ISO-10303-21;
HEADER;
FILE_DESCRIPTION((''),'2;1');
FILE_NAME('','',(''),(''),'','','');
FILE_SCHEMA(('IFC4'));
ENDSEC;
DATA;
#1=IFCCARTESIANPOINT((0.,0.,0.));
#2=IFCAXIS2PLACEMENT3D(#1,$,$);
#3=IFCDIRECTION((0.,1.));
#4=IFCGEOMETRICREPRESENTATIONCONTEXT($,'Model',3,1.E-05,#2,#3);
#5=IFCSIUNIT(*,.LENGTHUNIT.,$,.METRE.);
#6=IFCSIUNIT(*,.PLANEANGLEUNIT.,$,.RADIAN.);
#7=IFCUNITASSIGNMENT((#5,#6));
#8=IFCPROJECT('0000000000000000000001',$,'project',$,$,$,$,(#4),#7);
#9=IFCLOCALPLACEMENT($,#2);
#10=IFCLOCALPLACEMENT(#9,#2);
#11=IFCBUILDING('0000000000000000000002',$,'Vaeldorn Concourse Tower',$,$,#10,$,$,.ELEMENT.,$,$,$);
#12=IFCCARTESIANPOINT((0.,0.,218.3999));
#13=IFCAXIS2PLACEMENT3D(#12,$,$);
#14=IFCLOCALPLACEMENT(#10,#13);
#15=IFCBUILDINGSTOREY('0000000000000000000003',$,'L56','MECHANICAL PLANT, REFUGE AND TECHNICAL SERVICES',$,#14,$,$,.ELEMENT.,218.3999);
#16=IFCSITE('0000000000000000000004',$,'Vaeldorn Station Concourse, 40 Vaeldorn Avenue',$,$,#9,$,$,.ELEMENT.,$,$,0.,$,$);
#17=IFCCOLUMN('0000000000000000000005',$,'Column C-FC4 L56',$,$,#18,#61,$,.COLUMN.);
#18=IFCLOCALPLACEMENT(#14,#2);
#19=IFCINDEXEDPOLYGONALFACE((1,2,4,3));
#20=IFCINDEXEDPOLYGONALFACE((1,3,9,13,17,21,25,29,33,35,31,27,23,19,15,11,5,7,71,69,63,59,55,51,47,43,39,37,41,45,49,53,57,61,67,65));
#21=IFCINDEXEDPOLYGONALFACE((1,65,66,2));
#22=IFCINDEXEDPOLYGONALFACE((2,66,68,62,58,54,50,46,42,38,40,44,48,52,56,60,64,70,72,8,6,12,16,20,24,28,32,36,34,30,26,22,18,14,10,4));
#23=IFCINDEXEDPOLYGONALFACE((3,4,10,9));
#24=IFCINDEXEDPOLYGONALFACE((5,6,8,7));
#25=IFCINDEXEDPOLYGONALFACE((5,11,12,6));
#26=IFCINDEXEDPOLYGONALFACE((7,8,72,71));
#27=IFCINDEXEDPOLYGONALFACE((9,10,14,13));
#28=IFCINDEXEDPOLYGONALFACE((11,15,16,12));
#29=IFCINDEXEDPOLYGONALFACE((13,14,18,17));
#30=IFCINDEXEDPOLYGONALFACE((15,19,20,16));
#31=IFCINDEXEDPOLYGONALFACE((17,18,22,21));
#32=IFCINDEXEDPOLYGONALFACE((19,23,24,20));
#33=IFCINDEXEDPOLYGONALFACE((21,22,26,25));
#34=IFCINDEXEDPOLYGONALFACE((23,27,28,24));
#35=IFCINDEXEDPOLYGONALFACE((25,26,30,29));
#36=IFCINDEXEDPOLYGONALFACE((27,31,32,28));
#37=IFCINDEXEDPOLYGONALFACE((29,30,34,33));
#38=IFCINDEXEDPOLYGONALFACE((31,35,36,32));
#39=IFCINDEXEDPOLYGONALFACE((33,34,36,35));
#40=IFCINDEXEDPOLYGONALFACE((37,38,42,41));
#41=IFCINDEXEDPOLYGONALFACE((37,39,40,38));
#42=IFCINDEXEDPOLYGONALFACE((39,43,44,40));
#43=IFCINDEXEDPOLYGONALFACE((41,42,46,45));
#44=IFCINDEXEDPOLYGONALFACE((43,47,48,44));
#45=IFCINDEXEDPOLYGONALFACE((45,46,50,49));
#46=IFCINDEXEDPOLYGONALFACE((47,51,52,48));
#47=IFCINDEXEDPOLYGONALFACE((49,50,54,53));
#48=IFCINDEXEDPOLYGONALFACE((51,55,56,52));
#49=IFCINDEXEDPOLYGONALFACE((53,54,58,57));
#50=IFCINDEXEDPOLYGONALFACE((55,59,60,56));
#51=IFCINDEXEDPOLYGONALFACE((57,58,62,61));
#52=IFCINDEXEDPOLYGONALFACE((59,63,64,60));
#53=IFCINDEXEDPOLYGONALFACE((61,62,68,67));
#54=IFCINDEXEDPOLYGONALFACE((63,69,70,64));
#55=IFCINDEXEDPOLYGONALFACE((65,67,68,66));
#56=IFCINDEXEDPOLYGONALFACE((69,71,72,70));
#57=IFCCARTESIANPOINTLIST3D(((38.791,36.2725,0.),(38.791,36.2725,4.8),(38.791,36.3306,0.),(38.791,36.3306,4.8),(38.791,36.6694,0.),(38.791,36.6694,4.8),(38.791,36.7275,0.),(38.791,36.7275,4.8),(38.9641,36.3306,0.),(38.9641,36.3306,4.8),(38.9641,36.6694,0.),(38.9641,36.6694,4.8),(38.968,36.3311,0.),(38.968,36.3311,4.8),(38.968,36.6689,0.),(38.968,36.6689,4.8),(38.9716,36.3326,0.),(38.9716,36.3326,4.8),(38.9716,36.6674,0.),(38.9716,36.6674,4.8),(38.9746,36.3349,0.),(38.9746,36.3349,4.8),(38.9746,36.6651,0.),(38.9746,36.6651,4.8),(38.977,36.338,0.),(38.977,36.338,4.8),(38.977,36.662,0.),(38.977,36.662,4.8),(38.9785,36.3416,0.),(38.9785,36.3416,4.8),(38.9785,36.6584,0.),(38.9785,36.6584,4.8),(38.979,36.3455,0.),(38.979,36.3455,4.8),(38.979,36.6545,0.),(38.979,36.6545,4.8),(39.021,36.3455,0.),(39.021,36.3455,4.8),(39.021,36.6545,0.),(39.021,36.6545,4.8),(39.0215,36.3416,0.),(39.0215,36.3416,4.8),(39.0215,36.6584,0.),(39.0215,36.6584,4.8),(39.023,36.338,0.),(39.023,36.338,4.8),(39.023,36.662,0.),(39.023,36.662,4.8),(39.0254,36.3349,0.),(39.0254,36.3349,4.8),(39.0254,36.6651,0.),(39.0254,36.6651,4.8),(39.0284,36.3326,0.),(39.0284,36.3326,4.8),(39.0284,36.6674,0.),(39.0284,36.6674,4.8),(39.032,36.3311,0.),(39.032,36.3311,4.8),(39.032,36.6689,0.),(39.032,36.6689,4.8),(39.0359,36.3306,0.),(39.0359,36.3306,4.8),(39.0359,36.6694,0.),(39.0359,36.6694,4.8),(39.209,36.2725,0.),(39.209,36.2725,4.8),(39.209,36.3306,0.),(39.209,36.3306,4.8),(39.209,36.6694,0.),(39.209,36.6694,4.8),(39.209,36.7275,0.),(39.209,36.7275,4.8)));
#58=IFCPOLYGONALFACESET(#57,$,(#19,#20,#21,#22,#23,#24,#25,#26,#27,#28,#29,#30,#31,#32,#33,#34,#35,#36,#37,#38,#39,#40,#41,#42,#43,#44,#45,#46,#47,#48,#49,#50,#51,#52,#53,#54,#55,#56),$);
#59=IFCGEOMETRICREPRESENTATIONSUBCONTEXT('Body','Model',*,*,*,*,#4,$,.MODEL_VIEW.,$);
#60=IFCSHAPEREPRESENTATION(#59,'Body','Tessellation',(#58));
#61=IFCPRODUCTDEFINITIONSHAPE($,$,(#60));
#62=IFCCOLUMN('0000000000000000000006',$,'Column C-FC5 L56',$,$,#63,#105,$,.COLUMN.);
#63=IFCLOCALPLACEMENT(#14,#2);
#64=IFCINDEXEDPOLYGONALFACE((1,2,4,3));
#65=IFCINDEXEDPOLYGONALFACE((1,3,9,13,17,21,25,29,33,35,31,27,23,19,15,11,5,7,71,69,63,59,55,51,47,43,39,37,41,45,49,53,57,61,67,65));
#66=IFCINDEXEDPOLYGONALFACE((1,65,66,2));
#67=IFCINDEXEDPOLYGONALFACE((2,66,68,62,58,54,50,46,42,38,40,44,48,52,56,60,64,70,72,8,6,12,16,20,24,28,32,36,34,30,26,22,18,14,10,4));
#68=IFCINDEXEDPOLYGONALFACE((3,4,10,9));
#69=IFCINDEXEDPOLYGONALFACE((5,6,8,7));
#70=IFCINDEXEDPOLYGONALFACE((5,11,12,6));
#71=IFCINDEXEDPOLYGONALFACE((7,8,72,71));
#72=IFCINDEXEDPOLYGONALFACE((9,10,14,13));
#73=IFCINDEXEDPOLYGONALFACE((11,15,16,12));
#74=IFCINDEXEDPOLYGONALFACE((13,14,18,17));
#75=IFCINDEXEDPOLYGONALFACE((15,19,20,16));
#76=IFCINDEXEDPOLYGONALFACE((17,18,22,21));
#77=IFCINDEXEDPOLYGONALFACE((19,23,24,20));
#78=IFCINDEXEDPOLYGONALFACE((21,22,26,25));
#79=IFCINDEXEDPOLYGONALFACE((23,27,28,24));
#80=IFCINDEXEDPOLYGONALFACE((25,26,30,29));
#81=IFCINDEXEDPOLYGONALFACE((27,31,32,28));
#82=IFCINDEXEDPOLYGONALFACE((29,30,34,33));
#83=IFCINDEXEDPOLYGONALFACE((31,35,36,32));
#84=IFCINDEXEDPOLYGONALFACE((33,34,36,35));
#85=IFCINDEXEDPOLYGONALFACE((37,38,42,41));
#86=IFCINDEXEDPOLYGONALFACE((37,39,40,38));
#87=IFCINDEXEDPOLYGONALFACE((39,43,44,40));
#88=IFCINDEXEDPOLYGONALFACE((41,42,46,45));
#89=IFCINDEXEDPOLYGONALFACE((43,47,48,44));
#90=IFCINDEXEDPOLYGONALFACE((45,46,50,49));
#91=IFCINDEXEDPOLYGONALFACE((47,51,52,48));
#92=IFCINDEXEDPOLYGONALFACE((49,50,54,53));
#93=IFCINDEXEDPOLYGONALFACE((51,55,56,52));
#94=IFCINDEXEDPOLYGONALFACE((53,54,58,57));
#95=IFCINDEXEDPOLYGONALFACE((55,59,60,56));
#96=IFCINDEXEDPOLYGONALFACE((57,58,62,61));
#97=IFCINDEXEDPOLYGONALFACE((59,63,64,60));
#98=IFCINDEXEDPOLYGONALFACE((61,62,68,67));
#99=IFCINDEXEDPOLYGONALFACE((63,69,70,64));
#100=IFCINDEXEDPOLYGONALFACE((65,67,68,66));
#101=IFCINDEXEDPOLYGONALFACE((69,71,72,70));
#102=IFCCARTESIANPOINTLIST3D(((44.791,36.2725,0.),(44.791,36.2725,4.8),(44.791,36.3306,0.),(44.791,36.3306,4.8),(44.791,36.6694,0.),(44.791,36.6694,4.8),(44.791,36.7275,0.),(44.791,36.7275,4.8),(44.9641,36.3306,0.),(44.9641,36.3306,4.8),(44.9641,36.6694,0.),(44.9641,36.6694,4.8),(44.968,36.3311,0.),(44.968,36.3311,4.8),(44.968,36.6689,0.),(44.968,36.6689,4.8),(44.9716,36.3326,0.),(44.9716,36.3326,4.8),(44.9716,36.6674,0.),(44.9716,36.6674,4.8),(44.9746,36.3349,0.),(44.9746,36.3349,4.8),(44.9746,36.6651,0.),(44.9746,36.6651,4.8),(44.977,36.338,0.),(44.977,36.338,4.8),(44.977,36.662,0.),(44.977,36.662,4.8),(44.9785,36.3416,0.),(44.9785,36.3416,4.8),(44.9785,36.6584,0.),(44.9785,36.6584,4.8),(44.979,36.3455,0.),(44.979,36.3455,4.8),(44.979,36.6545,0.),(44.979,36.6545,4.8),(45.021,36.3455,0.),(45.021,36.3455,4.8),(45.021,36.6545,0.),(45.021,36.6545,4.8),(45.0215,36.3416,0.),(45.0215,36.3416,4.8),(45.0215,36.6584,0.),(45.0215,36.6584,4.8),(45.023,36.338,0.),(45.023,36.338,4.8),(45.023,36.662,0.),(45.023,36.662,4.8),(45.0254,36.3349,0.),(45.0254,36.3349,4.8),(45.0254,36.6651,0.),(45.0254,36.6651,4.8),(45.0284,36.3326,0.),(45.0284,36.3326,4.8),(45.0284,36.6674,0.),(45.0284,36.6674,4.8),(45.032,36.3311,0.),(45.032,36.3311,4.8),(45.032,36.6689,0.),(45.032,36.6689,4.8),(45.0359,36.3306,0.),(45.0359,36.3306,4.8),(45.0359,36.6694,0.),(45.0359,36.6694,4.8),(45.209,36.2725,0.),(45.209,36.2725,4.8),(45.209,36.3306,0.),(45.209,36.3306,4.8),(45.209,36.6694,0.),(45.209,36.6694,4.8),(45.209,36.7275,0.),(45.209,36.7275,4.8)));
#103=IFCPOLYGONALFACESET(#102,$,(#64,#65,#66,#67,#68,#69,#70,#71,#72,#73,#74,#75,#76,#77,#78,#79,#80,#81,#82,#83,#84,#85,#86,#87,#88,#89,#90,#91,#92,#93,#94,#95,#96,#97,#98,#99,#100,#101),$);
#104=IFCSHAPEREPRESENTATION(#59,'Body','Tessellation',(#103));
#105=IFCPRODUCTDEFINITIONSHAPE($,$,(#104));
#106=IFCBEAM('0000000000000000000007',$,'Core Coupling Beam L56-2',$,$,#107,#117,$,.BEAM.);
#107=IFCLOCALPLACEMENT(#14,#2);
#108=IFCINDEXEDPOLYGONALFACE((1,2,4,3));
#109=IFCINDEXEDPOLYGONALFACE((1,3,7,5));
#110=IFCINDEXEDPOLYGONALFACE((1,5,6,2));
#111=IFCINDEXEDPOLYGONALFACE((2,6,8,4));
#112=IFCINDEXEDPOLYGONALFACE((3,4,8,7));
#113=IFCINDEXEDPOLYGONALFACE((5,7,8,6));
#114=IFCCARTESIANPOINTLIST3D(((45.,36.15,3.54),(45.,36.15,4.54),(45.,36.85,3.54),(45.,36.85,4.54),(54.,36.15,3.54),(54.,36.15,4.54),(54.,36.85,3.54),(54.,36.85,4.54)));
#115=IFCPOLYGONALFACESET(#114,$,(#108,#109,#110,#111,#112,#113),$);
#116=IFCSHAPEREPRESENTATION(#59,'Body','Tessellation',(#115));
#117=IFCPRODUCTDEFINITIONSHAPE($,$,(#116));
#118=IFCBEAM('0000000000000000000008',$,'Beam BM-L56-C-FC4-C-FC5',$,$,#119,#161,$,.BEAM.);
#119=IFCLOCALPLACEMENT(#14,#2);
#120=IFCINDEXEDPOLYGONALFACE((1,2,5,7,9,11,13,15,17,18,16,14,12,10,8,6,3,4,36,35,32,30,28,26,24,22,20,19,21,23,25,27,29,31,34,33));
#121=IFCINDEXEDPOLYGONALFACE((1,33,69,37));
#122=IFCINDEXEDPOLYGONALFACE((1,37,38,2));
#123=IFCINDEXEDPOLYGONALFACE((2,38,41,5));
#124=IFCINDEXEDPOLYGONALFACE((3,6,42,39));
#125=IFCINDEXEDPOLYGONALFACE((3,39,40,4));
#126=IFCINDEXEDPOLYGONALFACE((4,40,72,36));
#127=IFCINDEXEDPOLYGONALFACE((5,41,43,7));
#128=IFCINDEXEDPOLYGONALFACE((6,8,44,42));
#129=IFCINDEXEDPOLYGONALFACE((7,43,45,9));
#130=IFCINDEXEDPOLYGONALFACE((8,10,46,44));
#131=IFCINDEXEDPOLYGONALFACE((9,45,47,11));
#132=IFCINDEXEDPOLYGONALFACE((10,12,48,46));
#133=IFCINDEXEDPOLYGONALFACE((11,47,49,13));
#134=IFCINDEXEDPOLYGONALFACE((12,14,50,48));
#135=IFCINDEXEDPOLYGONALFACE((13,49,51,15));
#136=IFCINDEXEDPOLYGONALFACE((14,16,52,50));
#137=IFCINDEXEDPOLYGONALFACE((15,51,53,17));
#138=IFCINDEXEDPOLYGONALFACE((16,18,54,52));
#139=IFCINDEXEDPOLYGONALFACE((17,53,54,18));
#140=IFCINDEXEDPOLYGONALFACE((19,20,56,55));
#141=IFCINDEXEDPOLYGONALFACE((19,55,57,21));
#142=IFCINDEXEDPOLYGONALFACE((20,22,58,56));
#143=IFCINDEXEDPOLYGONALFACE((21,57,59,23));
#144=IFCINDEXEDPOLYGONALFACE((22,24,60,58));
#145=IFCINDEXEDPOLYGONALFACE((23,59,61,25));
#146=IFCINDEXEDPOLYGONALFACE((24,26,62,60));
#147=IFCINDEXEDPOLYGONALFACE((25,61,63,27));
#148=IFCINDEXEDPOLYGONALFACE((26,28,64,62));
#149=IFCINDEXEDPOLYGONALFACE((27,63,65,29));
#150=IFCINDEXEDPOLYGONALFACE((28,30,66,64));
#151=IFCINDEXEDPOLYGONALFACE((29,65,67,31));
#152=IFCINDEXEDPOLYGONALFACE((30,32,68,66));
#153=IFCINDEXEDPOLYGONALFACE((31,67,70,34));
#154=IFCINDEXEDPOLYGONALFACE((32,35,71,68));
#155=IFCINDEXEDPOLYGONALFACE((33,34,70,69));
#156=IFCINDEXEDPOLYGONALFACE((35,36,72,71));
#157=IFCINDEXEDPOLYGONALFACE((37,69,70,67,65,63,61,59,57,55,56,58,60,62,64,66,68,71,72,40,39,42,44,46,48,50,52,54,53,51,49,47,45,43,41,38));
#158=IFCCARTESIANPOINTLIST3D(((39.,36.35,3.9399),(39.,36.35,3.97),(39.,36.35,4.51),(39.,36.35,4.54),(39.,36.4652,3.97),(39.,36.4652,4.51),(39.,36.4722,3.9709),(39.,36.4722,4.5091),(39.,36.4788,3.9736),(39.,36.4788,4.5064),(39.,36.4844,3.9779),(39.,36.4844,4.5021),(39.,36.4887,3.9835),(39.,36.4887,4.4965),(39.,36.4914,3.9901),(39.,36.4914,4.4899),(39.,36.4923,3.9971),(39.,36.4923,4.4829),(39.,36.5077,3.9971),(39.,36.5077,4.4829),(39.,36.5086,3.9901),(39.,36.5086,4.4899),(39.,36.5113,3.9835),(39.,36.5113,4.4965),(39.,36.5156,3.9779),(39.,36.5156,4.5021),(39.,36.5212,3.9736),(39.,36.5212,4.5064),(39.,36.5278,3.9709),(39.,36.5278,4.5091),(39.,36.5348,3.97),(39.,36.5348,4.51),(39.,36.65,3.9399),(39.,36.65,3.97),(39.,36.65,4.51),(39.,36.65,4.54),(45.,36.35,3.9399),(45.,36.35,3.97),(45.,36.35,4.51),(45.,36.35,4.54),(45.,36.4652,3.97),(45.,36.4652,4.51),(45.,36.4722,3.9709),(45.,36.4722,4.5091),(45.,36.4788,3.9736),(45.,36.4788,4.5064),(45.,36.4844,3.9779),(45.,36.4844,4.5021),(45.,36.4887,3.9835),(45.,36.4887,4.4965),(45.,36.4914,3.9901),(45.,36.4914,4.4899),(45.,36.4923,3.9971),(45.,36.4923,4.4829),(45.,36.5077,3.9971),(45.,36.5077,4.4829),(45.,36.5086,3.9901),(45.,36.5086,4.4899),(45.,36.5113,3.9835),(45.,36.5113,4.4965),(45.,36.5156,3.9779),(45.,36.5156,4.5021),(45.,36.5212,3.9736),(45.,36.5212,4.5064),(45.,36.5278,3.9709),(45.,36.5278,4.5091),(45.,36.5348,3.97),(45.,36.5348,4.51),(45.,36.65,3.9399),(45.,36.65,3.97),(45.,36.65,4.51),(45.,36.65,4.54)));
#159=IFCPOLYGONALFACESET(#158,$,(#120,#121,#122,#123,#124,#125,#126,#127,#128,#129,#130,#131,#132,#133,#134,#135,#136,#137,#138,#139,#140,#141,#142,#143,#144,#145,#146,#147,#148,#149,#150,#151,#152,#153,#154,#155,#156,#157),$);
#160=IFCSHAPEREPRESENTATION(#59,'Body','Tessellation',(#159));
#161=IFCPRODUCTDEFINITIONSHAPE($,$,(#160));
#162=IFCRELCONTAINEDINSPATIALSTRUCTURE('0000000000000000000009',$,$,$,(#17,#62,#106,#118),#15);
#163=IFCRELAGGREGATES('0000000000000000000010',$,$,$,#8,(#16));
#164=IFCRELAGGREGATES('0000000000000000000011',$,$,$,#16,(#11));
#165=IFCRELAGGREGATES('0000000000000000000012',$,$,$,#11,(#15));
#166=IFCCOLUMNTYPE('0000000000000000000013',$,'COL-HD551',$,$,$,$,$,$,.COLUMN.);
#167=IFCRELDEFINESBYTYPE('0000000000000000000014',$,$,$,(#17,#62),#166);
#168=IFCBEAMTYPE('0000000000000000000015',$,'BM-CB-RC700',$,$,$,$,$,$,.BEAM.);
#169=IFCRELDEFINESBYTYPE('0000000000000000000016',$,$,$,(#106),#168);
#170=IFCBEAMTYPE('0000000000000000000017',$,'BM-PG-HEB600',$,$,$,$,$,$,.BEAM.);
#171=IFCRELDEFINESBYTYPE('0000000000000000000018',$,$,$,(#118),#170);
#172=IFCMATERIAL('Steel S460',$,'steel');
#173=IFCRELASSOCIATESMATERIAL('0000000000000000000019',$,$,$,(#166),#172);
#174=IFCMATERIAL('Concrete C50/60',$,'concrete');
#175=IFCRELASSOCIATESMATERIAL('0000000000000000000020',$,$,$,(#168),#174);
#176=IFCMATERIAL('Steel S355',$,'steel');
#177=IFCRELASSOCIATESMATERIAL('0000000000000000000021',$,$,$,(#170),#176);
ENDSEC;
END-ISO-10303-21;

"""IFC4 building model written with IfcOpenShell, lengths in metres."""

from ifc_helpers import new_model, si_unit, direction, frame, origin, origin_2d, place, context, subcontext, project, spatial, rectangle, i_section, extrude, source, transform, mapped, material, material_profile, profile_set, type_object, element, save


model = new_model("IFC4")

# Units and contexts
model_context = context("Model", 3, precision=1e-05, world=origin(), true_north=direction((0.0, 1.0)))
body_context = subcontext(model_context, "Body", "Model", "MODEL_VIEW")
ifc_project = project(units=[si_unit("LENGTHUNIT", "METRE"), si_unit("PLANEANGLEUNIT", "RADIAN")], contexts=[model_context])

# Site, building, storey
site_placement = place(None, origin())
site = spatial("IfcSite", under=ifc_project, at=site_placement, Name="Vaeldorn Station Concourse, 40 Vaeldorn Avenue", CompositionType="ELEMENT", RefElevation=0.0)
building_placement = place(site_placement, origin())
building = spatial("IfcBuilding", under=site, at=building_placement, Name="Vaeldorn Concourse Tower", CompositionType="ELEMENT")
storey_placement = place(building_placement, frame((0.0, 0.0, 218.3999)))
storey = spatial("IfcBuildingStorey", under=building, at=storey_placement, Name="L56", Description="MECHANICAL PLANT, REFUGE AND TECHNICAL SERVICES", CompositionType="ELEMENT", Elevation=218.3999)

# Columns
ifc_material_1 = material(Name="Steel S460", Category="steel")
ifc_material_profile_1 = material_profile(ifc_material_1, i_section(OverallWidth=0.418, OverallDepth=0.4551, WebThickness=0.042, FlangeThickness=0.0581, FilletRadius=0.0149, at=origin_2d()), Name="HD 400x551")
ifc_profile_set_1 = profile_set([ifc_material_profile_1], Name="Steel S460")
column_type = type_object("IfcColumnType", Name="COL-HD551", PredefinedType="COLUMN", material=ifc_profile_set_1)
shared_shape_1 = source(origin(), body_context, "Body", "SweptSolid", [
    extrude(i_section(OverallWidth=0.418, OverallDepth=0.4551, WebThickness=0.042, FlangeThickness=0.0581, FilletRadius=0.0149, at=origin_2d()), origin(), (0.0, 0.0, 1.0), 4.8),
])
for number, where, z_axis, x_axis, name in (
    (1, (39.0, 36.5, 0.0), (0.0, 0.0, 1.0), (1.0, 0.0, 0.0), "Column C-FC4 L56"),
    (2, (45.0, 36.5, 0.0), (0.0, 0.0, 1.0), (1.0, 0.0, 0.0), "Column C-FC5 L56"),
):
    element("IfcColumn", number, at=place(storey_placement, frame(where, z_axis=z_axis, x_axis=x_axis)), inside=storey, type_object=column_type, Name=name, PredefinedType="COLUMN", context=body_context, shape_type="MappedRepresentation", body=[
        mapped(shared_shape_1, transform((0.0, 0.0, 0.0), scale=1.0)),
    ])

# Beams
ifc_material_2 = material(Name="Concrete C50/60", Category="concrete")
ifc_material_profile_2 = material_profile(ifc_material_2, rectangle(XDim=0.7, YDim=1.0, at=origin_2d()), Name="RC 700x1000")
ifc_profile_set_2 = profile_set([ifc_material_profile_2], Name="Concrete C50/60")
beam_type_1 = type_object("IfcBeamType", Name="BM-CB-RC700", PredefinedType="BEAM", material=ifc_profile_set_2)
shared_shape_2 = source(origin(), body_context, "Body", "SweptSolid", [
    extrude(rectangle(XDim=0.7, YDim=1.0, at=origin_2d()), origin(), (0.0, 0.0, 1.0), 9.0),
])
beam_1_placement = place(storey_placement, frame((45.0, 36.5, 4.04), z_axis=(1.0, 0.0, 0.0), x_axis=(0.0, 1.0, 0.0)))
element("IfcBeam", 3, at=beam_1_placement, inside=storey, type_object=beam_type_1, Name="Core Coupling Beam L56-2", PredefinedType="BEAM", context=body_context, shape_type="MappedRepresentation", body=[
    mapped(shared_shape_2, transform((0.0, 0.0, 0.0), scale=1.0)),
])
ifc_material_3 = material(Name="Steel S355", Category="steel")
ifc_material_profile_3 = material_profile(ifc_material_3, i_section(OverallWidth=0.3, OverallDepth=0.6001, WebThickness=0.0154, FlangeThickness=0.03, FilletRadius=0.0271, at=origin_2d()), Name="HEB 600")
ifc_profile_set_3 = profile_set([ifc_material_profile_3], Name="Steel S355")
beam_type_2 = type_object("IfcBeamType", Name="BM-PG-HEB600", PredefinedType="BEAM", material=ifc_profile_set_3)
shared_shape_3 = source(origin(), body_context, "Body", "SweptSolid", [
    extrude(i_section(OverallWidth=0.3, OverallDepth=0.6001, WebThickness=0.0154, FlangeThickness=0.03, FilletRadius=0.0271, at=origin_2d()), origin(), (0.0, 0.0, 1.0), 6.0),
])
beam_2_placement = place(storey_placement, frame((39.0, 36.5, 4.24), z_axis=(1.0, 0.0, 0.0), x_axis=(0.0, 1.0, 0.0)))
element("IfcBeam", 4, at=beam_2_placement, inside=storey, type_object=beam_type_2, Name="Beam BM-L56-C-FC4-C-FC5", PredefinedType="BEAM", context=body_context, shape_type="MappedRepresentation", body=[
    mapped(shared_shape_3, transform((0.0, 0.0, 0.0), scale=1.0)),
])

save(model, "model.ifc")
